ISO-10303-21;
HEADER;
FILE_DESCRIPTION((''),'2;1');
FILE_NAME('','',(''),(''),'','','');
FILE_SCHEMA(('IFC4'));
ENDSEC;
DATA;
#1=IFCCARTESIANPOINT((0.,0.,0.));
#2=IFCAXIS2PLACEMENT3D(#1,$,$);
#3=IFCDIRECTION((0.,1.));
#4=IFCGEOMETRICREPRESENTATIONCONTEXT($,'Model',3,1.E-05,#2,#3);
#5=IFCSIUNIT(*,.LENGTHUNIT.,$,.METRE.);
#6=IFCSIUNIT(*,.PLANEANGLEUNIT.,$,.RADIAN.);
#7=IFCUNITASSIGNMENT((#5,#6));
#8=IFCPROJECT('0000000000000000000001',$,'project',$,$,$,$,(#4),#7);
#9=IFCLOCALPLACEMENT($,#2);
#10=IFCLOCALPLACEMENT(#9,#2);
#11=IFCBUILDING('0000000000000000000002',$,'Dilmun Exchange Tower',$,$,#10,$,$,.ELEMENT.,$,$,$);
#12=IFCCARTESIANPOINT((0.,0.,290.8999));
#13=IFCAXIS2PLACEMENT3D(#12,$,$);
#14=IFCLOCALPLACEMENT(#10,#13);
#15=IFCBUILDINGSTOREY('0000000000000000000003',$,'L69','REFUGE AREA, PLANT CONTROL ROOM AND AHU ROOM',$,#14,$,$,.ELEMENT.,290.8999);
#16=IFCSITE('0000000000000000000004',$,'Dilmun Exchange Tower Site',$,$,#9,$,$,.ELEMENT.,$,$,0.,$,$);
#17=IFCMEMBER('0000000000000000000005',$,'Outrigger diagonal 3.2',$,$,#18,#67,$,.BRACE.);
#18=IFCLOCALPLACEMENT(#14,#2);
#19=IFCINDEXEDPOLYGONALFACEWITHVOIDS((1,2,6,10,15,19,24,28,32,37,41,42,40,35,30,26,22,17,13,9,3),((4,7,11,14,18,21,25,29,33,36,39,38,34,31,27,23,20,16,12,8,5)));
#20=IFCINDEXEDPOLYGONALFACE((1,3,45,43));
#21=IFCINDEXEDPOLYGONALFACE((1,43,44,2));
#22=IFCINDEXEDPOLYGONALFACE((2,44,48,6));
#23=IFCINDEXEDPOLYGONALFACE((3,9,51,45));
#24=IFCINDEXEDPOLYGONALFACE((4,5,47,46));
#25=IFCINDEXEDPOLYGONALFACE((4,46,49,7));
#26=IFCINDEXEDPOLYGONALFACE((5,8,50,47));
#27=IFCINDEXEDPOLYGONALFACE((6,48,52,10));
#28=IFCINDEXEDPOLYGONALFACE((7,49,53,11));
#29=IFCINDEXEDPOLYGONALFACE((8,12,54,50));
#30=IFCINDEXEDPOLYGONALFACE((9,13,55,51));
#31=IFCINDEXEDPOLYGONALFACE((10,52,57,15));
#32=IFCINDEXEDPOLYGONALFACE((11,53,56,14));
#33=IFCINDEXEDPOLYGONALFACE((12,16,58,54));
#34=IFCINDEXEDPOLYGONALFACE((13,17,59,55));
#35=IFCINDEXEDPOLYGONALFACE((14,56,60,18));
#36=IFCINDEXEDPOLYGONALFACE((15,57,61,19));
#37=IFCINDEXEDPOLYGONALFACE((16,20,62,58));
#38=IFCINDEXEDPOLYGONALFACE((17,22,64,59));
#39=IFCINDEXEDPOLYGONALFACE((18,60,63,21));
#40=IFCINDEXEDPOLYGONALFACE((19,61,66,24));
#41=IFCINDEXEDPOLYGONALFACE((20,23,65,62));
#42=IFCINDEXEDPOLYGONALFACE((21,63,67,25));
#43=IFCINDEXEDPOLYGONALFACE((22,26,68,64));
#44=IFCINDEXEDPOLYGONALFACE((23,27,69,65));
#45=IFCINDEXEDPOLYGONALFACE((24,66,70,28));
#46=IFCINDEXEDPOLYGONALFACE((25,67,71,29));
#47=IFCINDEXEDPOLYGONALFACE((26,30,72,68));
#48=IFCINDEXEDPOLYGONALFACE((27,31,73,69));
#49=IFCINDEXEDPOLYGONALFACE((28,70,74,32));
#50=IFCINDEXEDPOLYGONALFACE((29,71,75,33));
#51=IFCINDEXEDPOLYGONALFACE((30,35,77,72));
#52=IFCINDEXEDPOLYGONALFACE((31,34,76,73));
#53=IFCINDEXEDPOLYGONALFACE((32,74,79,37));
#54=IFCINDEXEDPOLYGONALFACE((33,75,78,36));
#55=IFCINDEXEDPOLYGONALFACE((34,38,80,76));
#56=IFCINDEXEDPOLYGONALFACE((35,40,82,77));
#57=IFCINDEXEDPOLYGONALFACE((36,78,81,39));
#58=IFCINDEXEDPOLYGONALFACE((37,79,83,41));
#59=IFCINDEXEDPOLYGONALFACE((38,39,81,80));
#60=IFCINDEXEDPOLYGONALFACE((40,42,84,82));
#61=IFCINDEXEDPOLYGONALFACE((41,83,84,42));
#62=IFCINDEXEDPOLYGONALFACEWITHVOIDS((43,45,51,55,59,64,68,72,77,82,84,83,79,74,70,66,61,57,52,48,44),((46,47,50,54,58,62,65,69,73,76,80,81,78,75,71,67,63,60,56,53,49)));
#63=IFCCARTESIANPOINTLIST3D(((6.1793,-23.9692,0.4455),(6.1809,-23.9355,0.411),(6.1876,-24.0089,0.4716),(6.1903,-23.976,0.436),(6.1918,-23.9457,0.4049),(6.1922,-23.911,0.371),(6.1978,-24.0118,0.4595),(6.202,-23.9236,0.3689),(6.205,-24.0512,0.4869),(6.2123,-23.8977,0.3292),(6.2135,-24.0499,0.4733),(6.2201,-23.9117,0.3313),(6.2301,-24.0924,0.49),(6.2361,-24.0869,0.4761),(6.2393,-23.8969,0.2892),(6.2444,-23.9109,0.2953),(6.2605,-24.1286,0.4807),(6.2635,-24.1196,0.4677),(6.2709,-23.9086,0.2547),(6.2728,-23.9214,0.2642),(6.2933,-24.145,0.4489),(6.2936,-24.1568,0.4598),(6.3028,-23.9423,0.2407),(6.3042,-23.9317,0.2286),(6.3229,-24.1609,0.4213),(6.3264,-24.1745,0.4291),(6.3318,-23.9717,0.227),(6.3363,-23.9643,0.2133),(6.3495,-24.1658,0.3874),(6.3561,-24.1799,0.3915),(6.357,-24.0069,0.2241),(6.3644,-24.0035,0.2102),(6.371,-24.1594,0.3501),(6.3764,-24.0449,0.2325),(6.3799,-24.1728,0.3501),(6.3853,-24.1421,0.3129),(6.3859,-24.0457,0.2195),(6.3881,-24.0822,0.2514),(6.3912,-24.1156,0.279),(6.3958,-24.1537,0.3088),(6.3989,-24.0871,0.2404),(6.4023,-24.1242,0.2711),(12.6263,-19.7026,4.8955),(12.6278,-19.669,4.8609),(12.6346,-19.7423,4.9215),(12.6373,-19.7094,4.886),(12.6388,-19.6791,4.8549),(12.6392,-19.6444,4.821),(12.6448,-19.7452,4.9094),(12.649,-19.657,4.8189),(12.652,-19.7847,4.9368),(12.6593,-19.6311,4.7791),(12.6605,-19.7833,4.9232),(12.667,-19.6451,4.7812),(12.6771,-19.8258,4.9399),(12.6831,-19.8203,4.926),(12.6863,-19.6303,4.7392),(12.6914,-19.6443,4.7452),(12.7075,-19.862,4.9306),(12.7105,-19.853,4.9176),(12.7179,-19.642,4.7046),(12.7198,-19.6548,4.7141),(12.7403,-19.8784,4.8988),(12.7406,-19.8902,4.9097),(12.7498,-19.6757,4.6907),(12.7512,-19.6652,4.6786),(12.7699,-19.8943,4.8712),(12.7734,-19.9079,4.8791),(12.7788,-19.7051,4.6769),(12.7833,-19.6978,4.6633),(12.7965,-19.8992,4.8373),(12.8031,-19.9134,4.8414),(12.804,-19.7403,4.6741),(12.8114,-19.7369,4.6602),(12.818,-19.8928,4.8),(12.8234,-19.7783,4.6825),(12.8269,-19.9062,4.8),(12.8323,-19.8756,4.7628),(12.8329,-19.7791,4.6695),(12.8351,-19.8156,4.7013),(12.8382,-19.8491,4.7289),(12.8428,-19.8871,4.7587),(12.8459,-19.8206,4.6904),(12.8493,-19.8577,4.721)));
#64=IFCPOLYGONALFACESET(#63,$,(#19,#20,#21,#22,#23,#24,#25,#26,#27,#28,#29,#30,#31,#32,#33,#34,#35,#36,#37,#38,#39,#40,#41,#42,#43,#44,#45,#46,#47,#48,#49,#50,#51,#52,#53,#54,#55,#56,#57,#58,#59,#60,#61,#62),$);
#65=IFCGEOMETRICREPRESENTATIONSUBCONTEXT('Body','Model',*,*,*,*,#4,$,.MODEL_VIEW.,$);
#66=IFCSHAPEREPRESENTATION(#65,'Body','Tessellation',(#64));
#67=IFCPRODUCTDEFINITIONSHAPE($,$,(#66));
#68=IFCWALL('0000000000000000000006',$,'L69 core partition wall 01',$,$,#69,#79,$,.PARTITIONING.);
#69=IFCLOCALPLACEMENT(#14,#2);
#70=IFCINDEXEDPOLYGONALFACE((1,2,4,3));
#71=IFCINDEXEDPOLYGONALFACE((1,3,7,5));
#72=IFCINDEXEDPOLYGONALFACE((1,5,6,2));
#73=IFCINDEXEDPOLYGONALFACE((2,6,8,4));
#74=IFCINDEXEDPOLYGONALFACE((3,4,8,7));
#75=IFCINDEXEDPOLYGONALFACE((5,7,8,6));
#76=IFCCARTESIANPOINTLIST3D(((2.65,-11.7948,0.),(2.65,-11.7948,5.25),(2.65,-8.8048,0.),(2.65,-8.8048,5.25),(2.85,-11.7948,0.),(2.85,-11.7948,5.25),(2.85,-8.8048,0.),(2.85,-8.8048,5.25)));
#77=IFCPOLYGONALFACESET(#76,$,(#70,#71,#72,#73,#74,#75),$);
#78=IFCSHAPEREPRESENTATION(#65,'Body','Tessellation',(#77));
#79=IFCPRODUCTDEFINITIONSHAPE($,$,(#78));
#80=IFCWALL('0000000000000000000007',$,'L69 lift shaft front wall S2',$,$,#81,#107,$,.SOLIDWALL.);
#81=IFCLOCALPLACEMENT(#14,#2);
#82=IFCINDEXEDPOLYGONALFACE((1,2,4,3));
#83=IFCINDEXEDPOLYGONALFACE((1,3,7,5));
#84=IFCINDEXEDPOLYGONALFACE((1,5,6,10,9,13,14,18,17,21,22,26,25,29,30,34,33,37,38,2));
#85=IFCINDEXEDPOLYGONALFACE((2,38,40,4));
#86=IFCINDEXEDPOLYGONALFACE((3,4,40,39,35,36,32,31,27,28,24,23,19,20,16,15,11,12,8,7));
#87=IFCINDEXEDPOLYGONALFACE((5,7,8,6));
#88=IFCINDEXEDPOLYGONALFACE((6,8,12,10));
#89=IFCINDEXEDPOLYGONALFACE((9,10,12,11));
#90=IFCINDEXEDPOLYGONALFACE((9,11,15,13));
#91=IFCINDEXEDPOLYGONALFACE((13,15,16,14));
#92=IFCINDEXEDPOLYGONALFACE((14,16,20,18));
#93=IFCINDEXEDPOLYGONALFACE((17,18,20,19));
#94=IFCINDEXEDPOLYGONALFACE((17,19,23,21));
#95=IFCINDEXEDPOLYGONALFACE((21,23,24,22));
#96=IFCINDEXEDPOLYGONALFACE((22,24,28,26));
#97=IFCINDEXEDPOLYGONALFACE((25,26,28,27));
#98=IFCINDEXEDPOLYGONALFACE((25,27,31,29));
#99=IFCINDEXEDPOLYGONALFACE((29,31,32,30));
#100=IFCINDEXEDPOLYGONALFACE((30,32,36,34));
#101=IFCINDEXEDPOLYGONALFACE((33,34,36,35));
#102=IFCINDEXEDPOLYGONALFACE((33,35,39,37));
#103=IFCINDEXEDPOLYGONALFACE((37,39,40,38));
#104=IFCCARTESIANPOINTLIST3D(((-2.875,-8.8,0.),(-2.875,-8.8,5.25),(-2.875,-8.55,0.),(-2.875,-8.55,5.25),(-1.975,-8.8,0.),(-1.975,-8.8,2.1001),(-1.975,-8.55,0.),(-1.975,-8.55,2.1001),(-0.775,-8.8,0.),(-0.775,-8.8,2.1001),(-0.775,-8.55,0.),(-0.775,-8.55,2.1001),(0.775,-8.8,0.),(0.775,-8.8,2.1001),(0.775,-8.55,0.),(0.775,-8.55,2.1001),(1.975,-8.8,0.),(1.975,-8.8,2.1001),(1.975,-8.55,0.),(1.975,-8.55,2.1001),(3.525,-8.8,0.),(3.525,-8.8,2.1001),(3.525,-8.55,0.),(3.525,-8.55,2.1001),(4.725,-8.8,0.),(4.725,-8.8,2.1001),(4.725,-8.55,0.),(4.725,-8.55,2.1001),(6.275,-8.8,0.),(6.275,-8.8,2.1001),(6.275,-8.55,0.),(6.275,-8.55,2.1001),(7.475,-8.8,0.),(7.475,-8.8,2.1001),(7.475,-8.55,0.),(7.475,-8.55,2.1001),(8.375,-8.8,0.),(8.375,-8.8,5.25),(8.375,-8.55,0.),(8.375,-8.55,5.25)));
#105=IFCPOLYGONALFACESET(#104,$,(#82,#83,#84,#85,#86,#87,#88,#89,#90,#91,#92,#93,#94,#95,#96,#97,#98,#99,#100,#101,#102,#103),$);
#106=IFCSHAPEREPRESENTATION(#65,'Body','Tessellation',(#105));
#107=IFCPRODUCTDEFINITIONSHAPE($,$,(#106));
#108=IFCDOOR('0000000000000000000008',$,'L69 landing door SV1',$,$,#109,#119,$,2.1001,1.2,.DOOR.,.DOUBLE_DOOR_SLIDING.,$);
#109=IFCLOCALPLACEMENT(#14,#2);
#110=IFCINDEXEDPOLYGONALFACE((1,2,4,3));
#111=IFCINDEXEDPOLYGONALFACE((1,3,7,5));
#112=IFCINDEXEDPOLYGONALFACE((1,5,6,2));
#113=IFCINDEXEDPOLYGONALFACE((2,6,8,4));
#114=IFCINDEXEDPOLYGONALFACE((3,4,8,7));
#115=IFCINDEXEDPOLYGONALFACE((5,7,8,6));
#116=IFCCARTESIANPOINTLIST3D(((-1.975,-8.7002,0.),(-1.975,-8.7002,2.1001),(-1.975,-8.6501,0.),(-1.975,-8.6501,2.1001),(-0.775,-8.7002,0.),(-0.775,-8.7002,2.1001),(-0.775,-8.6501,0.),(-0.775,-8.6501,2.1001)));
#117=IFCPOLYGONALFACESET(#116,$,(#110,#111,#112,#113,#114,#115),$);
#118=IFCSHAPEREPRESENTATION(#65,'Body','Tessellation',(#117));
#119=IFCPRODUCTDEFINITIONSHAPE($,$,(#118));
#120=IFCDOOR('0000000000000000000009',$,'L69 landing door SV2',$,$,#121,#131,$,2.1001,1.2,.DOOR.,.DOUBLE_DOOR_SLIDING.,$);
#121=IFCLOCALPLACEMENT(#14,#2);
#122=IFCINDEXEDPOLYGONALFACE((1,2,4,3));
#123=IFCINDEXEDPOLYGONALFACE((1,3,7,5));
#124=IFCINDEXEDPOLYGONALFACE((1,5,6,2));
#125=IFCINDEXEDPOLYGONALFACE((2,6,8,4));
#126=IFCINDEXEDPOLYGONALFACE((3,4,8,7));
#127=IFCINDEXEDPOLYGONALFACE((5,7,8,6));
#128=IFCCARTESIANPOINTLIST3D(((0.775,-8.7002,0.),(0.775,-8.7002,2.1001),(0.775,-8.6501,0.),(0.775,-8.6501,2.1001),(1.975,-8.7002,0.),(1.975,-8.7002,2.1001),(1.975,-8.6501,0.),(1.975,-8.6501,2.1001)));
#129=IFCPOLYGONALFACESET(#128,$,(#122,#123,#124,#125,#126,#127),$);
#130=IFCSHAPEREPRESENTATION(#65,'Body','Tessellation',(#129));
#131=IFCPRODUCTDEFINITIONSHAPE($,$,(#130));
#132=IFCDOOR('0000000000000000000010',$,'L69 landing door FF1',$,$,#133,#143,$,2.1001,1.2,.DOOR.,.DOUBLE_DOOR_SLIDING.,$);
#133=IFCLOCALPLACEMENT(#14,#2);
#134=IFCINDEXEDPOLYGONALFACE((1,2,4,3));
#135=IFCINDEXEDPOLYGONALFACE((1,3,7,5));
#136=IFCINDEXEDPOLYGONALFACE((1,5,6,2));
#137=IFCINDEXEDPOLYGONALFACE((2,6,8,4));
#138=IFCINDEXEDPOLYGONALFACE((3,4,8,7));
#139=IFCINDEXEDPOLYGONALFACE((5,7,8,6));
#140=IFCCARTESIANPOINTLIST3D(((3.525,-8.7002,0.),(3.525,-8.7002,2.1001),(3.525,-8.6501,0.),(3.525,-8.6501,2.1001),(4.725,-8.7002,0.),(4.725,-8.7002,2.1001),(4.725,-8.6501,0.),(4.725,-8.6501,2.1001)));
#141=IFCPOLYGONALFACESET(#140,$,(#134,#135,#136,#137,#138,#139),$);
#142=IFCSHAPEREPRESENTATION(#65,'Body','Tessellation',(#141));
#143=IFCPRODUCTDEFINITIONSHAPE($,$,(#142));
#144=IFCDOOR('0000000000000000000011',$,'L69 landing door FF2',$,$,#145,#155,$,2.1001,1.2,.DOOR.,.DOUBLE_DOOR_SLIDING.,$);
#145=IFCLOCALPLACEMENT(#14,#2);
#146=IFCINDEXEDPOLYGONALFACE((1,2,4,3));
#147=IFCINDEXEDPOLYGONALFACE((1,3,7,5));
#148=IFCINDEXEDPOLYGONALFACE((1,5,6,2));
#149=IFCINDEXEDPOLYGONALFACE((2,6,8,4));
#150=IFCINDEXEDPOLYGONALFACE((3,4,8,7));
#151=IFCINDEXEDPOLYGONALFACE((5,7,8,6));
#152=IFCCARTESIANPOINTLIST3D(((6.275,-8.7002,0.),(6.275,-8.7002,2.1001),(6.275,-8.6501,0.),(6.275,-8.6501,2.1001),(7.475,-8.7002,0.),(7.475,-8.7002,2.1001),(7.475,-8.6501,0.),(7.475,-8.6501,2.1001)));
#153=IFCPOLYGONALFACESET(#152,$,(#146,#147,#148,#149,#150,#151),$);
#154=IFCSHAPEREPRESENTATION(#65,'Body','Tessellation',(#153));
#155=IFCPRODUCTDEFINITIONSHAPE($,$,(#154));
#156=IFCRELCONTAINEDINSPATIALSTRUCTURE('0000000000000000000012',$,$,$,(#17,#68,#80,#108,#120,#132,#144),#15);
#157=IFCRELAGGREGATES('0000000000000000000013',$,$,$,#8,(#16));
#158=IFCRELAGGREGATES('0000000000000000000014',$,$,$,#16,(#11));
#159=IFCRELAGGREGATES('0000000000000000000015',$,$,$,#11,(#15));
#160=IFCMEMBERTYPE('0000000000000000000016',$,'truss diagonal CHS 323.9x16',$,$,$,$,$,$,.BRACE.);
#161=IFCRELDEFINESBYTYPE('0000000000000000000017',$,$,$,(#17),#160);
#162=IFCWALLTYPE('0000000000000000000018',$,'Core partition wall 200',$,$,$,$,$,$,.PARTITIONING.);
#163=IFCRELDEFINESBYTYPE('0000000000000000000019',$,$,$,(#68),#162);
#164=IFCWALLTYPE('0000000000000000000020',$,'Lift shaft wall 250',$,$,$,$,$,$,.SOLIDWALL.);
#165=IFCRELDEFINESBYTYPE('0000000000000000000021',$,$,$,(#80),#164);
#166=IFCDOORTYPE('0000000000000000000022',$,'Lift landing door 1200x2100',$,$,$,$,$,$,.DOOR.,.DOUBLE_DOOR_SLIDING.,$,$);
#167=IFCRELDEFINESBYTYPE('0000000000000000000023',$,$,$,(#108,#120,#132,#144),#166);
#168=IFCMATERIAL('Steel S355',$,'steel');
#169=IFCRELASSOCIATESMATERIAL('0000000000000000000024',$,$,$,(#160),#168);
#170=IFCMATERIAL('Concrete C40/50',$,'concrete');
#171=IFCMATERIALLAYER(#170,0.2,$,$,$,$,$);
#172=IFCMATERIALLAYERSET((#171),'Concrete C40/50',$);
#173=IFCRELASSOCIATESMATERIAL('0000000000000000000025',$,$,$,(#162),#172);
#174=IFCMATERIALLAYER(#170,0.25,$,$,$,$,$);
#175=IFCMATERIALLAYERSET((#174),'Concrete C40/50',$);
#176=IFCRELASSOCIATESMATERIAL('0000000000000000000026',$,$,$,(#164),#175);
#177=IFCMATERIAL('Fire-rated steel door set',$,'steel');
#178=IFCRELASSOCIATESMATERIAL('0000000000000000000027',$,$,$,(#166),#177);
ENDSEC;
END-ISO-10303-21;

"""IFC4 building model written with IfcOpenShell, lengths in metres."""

from ifc_helpers import new_model, si_unit, direction, frame, frame_2d, origin, origin_2d, place, context, subcontext, project, spatial, rectangle, hollow_circle, extrude, material, layer, layer_set, material_profile, profile_set, type_object, element, fill, save


model = new_model("IFC4")

# Units and contexts
model_context = context("Model", 3, precision=1e-05, world=origin(), true_north=direction((0.0, 1.0)))
body_context = subcontext(model_context, "Body", "Model", "MODEL_VIEW")
ifc_project = project(units=[si_unit("LENGTHUNIT", "METRE"), si_unit("PLANEANGLEUNIT", "RADIAN")], contexts=[model_context])

# Site, building, storey
site_placement = place(None, origin())
site = spatial("IfcSite", under=ifc_project, at=site_placement, Name="Dilmun Exchange Tower Site", CompositionType="ELEMENT", RefElevation=0.0)
building_placement = place(site_placement, origin())
building = spatial("IfcBuilding", under=site, at=building_placement, Name="Dilmun Exchange Tower", CompositionType="ELEMENT")
storey_placement = place(building_placement, frame((0.0, 0.0, 290.8999)))
storey = spatial("IfcBuildingStorey", under=building, at=storey_placement, Name="L69", Description="REFUGE AREA, PLANT CONTROL ROOM AND AHU ROOM", CompositionType="ELEMENT", Elevation=290.8999)

# Shared definitions
ifc_material_1 = material(Name="Steel S355", Category="steel")

# Member
ifc_material_profile_1 = material_profile(ifc_material_1, hollow_circle(Radius=0.1619, WallThickness=0.0161, at=origin_2d()), Name="CHS 323.9x16")
ifc_profile_set_1 = profile_set([ifc_material_profile_1], Name="Steel S355")
member_type_1 = type_object("IfcMemberType", Name="truss diagonal CHS 323.9x16", PredefinedType="BRACE", material=ifc_profile_set_1)
member_1_placement = place(storey_placement, frame((12.7375, -19.7712, 4.8), z_axis=(-0.722744, -0.478308, -0.498862), x_axis=(0.551884, -0.833921, 0.0)))
element("IfcMember", 1, at=member_1_placement, inside=storey, type_object=member_type_1, Name="Outrigger diagonal 3.2", PredefinedType="BRACE", context=body_context, shape_type="SweptSolid", body=[
    extrude(hollow_circle(Radius=0.1619, WallThickness=0.0161, at=origin_2d()), origin(), (0.0, 0.0, 1.0), 8.9202),
])

# Wall
ifc_material_2 = material(Name="Concrete C40/50", Category="concrete")
ifc_layer_1 = layer(ifc_material_2, 0.2)
ifc_layer_set_1 = layer_set([ifc_layer_1], Name="Concrete C40/50")
wall_type_1 = type_object("IfcWallType", Name="Core partition wall 200", PredefinedType="PARTITIONING", material=ifc_layer_set_1)
wall_1_placement = place(storey_placement, frame((2.75, -11.7949, 0.0), z_axis=(0.0, 0.0, 1.0), x_axis=(0.0, 1.0, 0.0)))
element("IfcWall", 2, at=wall_1_placement, inside=storey, type_object=wall_type_1, Name="L69 core partition wall 01", PredefinedType="PARTITIONING", context=body_context, shape_type="SweptSolid", body=[
    extrude(rectangle(XDim=2.99, YDim=0.2, at=frame_2d((1.4951, 0.0))), origin(), (0.0, 0.0, 1.0), 5.25),
])

# Shared definitions
ifc_material_3 = material(Name="Fire-rated steel door set", Category="steel")

# Wall, openings, doors
ifc_layer_2 = layer(ifc_material_2, 0.25)
ifc_layer_set_2 = layer_set([ifc_layer_2], Name="Concrete C40/50")
wall_type_2 = type_object("IfcWallType", Name="Lift shaft wall 250", PredefinedType="SOLIDWALL", material=ifc_layer_set_2)
wall_2_placement = place(storey_placement, frame((-2.875, -8.675, 0.0), z_axis=(0.0, 0.0, 1.0), x_axis=(1.0, 0.0, 0.0)))
wall_2 = element("IfcWall", 3, at=wall_2_placement, inside=storey, type_object=wall_type_2, Name="L69 lift shaft front wall S2", PredefinedType="SOLIDWALL", context=body_context, shape_type="SweptSolid", body=[
    extrude(rectangle(XDim=11.25, YDim=0.25, at=frame_2d((5.625, 0.0))), origin(), (0.0, 0.0, 1.0), 5.25),
])
opening_1_placement = place(wall_2_placement, frame((0.8999, 0.0, 0.0)))
opening_1 = element("IfcOpeningElement", 4, at=opening_1_placement, cuts=wall_2, PredefinedType="OPENING", context=body_context, shape_type="SweptSolid", body=[
    extrude(rectangle(XDim=1.2, YDim=2.1001, at=frame_2d((0.6001, 1.05))), frame((0.0, 0.135, 0.0), z_axis=(0.0, -1.0, 0.0), x_axis=(1.0, 0.0, 0.0)), (0.0, 0.0, 1.0), 0.27),
])
opening_2_placement = place(wall_2_placement, frame((3.6499, 0.0, 0.0)))
opening_2 = element("IfcOpeningElement", 5, at=opening_2_placement, cuts=wall_2, PredefinedType="OPENING", context=body_context, shape_type="SweptSolid", body=[
    extrude(rectangle(XDim=1.2, YDim=2.1001, at=frame_2d((0.6001, 1.05))), frame((0.0, 0.135, 0.0), z_axis=(0.0, -1.0, 0.0), x_axis=(1.0, 0.0, 0.0)), (0.0, 0.0, 1.0), 0.27),
])
opening_3_placement = place(wall_2_placement, frame((6.3999, 0.0, 0.0)))
opening_3 = element("IfcOpeningElement", 6, at=opening_3_placement, cuts=wall_2, PredefinedType="OPENING", context=body_context, shape_type="SweptSolid", body=[
    extrude(rectangle(XDim=1.2, YDim=2.1001, at=frame_2d((0.6001, 1.05))), frame((0.0, 0.135, 0.0), z_axis=(0.0, -1.0, 0.0), x_axis=(1.0, 0.0, 0.0)), (0.0, 0.0, 1.0), 0.27),
])
opening_4_placement = place(wall_2_placement, frame((9.1499, 0.0, 0.0)))
opening_4 = element("IfcOpeningElement", 7, at=opening_4_placement, cuts=wall_2, PredefinedType="OPENING", context=body_context, shape_type="SweptSolid", body=[
    extrude(rectangle(XDim=1.2, YDim=2.1001, at=frame_2d((0.6001, 1.05))), frame((0.0, 0.135, 0.0), z_axis=(0.0, -1.0, 0.0), x_axis=(1.0, 0.0, 0.0)), (0.0, 0.0, 1.0), 0.27),
])
door_type_1 = type_object("IfcDoorType", Name="Lift landing door 1200x2100", OperationType="DOUBLE_DOOR_SLIDING", PredefinedType="DOOR", material=ifc_material_3)
door_1_placement = place(opening_1_placement, origin())
door_1 = element("IfcDoor", 8, at=door_1_placement, inside=storey, type_object=door_type_1, Name="L69 landing door SV1", OperationType="DOUBLE_DOOR_SLIDING", OverallHeight=2.1001, OverallWidth=1.2, PredefinedType="DOOR", context=body_context, shape_type="SweptSolid", body=[
    extrude(rectangle(XDim=1.2, YDim=2.1001, at=frame_2d((0.6001, 1.05))), frame((0.0, 0.0249, 0.0), z_axis=(0.0, -1.0, 0.0), x_axis=(1.0, 0.0, 0.0)), (0.0, 0.0, 1.0), 0.05),
])
fill(opening_1, door_1)
door_2_placement = place(opening_2_placement, origin())
door_2 = element("IfcDoor", 9, at=door_2_placement, inside=storey, type_object=door_type_1, Name="L69 landing door SV2", OperationType="DOUBLE_DOOR_SLIDING", OverallHeight=2.1001, OverallWidth=1.2, PredefinedType="DOOR", context=body_context, shape_type="SweptSolid", body=[
    extrude(rectangle(XDim=1.2, YDim=2.1001, at=frame_2d((0.6001, 1.05))), frame((0.0, 0.0249, 0.0), z_axis=(0.0, -1.0, 0.0), x_axis=(1.0, 0.0, 0.0)), (0.0, 0.0, 1.0), 0.05),
])
fill(opening_2, door_2)
door_3_placement = place(opening_3_placement, origin())
door_3 = element("IfcDoor", 10, at=door_3_placement, inside=storey, type_object=door_type_1, Name="L69 landing door FF1", OperationType="DOUBLE_DOOR_SLIDING", OverallHeight=2.1001, OverallWidth=1.2, PredefinedType="DOOR", context=body_context, shape_type="SweptSolid", body=[
    extrude(rectangle(XDim=1.2, YDim=2.1001, at=frame_2d((0.6001, 1.05))), frame((0.0, 0.0249, 0.0), z_axis=(0.0, -1.0, 0.0), x_axis=(1.0, 0.0, 0.0)), (0.0, 0.0, 1.0), 0.05),
])
fill(opening_3, door_3)
door_4_placement = place(opening_4_placement, origin())
door_4 = element("IfcDoor", 11, at=door_4_placement, inside=storey, type_object=door_type_1, Name="L69 landing door FF2", OperationType="DOUBLE_DOOR_SLIDING", OverallHeight=2.1001, OverallWidth=1.2, PredefinedType="DOOR", context=body_context, shape_type="SweptSolid", body=[
    extrude(rectangle(XDim=1.2, YDim=2.1001, at=frame_2d((0.6001, 1.05))), frame((0.0, 0.0249, 0.0), z_axis=(0.0, -1.0, 0.0), x_axis=(1.0, 0.0, 0.0)), (0.0, 0.0, 1.0), 0.05),
])
fill(opening_4, door_4)

save(model, "model.ifc")
